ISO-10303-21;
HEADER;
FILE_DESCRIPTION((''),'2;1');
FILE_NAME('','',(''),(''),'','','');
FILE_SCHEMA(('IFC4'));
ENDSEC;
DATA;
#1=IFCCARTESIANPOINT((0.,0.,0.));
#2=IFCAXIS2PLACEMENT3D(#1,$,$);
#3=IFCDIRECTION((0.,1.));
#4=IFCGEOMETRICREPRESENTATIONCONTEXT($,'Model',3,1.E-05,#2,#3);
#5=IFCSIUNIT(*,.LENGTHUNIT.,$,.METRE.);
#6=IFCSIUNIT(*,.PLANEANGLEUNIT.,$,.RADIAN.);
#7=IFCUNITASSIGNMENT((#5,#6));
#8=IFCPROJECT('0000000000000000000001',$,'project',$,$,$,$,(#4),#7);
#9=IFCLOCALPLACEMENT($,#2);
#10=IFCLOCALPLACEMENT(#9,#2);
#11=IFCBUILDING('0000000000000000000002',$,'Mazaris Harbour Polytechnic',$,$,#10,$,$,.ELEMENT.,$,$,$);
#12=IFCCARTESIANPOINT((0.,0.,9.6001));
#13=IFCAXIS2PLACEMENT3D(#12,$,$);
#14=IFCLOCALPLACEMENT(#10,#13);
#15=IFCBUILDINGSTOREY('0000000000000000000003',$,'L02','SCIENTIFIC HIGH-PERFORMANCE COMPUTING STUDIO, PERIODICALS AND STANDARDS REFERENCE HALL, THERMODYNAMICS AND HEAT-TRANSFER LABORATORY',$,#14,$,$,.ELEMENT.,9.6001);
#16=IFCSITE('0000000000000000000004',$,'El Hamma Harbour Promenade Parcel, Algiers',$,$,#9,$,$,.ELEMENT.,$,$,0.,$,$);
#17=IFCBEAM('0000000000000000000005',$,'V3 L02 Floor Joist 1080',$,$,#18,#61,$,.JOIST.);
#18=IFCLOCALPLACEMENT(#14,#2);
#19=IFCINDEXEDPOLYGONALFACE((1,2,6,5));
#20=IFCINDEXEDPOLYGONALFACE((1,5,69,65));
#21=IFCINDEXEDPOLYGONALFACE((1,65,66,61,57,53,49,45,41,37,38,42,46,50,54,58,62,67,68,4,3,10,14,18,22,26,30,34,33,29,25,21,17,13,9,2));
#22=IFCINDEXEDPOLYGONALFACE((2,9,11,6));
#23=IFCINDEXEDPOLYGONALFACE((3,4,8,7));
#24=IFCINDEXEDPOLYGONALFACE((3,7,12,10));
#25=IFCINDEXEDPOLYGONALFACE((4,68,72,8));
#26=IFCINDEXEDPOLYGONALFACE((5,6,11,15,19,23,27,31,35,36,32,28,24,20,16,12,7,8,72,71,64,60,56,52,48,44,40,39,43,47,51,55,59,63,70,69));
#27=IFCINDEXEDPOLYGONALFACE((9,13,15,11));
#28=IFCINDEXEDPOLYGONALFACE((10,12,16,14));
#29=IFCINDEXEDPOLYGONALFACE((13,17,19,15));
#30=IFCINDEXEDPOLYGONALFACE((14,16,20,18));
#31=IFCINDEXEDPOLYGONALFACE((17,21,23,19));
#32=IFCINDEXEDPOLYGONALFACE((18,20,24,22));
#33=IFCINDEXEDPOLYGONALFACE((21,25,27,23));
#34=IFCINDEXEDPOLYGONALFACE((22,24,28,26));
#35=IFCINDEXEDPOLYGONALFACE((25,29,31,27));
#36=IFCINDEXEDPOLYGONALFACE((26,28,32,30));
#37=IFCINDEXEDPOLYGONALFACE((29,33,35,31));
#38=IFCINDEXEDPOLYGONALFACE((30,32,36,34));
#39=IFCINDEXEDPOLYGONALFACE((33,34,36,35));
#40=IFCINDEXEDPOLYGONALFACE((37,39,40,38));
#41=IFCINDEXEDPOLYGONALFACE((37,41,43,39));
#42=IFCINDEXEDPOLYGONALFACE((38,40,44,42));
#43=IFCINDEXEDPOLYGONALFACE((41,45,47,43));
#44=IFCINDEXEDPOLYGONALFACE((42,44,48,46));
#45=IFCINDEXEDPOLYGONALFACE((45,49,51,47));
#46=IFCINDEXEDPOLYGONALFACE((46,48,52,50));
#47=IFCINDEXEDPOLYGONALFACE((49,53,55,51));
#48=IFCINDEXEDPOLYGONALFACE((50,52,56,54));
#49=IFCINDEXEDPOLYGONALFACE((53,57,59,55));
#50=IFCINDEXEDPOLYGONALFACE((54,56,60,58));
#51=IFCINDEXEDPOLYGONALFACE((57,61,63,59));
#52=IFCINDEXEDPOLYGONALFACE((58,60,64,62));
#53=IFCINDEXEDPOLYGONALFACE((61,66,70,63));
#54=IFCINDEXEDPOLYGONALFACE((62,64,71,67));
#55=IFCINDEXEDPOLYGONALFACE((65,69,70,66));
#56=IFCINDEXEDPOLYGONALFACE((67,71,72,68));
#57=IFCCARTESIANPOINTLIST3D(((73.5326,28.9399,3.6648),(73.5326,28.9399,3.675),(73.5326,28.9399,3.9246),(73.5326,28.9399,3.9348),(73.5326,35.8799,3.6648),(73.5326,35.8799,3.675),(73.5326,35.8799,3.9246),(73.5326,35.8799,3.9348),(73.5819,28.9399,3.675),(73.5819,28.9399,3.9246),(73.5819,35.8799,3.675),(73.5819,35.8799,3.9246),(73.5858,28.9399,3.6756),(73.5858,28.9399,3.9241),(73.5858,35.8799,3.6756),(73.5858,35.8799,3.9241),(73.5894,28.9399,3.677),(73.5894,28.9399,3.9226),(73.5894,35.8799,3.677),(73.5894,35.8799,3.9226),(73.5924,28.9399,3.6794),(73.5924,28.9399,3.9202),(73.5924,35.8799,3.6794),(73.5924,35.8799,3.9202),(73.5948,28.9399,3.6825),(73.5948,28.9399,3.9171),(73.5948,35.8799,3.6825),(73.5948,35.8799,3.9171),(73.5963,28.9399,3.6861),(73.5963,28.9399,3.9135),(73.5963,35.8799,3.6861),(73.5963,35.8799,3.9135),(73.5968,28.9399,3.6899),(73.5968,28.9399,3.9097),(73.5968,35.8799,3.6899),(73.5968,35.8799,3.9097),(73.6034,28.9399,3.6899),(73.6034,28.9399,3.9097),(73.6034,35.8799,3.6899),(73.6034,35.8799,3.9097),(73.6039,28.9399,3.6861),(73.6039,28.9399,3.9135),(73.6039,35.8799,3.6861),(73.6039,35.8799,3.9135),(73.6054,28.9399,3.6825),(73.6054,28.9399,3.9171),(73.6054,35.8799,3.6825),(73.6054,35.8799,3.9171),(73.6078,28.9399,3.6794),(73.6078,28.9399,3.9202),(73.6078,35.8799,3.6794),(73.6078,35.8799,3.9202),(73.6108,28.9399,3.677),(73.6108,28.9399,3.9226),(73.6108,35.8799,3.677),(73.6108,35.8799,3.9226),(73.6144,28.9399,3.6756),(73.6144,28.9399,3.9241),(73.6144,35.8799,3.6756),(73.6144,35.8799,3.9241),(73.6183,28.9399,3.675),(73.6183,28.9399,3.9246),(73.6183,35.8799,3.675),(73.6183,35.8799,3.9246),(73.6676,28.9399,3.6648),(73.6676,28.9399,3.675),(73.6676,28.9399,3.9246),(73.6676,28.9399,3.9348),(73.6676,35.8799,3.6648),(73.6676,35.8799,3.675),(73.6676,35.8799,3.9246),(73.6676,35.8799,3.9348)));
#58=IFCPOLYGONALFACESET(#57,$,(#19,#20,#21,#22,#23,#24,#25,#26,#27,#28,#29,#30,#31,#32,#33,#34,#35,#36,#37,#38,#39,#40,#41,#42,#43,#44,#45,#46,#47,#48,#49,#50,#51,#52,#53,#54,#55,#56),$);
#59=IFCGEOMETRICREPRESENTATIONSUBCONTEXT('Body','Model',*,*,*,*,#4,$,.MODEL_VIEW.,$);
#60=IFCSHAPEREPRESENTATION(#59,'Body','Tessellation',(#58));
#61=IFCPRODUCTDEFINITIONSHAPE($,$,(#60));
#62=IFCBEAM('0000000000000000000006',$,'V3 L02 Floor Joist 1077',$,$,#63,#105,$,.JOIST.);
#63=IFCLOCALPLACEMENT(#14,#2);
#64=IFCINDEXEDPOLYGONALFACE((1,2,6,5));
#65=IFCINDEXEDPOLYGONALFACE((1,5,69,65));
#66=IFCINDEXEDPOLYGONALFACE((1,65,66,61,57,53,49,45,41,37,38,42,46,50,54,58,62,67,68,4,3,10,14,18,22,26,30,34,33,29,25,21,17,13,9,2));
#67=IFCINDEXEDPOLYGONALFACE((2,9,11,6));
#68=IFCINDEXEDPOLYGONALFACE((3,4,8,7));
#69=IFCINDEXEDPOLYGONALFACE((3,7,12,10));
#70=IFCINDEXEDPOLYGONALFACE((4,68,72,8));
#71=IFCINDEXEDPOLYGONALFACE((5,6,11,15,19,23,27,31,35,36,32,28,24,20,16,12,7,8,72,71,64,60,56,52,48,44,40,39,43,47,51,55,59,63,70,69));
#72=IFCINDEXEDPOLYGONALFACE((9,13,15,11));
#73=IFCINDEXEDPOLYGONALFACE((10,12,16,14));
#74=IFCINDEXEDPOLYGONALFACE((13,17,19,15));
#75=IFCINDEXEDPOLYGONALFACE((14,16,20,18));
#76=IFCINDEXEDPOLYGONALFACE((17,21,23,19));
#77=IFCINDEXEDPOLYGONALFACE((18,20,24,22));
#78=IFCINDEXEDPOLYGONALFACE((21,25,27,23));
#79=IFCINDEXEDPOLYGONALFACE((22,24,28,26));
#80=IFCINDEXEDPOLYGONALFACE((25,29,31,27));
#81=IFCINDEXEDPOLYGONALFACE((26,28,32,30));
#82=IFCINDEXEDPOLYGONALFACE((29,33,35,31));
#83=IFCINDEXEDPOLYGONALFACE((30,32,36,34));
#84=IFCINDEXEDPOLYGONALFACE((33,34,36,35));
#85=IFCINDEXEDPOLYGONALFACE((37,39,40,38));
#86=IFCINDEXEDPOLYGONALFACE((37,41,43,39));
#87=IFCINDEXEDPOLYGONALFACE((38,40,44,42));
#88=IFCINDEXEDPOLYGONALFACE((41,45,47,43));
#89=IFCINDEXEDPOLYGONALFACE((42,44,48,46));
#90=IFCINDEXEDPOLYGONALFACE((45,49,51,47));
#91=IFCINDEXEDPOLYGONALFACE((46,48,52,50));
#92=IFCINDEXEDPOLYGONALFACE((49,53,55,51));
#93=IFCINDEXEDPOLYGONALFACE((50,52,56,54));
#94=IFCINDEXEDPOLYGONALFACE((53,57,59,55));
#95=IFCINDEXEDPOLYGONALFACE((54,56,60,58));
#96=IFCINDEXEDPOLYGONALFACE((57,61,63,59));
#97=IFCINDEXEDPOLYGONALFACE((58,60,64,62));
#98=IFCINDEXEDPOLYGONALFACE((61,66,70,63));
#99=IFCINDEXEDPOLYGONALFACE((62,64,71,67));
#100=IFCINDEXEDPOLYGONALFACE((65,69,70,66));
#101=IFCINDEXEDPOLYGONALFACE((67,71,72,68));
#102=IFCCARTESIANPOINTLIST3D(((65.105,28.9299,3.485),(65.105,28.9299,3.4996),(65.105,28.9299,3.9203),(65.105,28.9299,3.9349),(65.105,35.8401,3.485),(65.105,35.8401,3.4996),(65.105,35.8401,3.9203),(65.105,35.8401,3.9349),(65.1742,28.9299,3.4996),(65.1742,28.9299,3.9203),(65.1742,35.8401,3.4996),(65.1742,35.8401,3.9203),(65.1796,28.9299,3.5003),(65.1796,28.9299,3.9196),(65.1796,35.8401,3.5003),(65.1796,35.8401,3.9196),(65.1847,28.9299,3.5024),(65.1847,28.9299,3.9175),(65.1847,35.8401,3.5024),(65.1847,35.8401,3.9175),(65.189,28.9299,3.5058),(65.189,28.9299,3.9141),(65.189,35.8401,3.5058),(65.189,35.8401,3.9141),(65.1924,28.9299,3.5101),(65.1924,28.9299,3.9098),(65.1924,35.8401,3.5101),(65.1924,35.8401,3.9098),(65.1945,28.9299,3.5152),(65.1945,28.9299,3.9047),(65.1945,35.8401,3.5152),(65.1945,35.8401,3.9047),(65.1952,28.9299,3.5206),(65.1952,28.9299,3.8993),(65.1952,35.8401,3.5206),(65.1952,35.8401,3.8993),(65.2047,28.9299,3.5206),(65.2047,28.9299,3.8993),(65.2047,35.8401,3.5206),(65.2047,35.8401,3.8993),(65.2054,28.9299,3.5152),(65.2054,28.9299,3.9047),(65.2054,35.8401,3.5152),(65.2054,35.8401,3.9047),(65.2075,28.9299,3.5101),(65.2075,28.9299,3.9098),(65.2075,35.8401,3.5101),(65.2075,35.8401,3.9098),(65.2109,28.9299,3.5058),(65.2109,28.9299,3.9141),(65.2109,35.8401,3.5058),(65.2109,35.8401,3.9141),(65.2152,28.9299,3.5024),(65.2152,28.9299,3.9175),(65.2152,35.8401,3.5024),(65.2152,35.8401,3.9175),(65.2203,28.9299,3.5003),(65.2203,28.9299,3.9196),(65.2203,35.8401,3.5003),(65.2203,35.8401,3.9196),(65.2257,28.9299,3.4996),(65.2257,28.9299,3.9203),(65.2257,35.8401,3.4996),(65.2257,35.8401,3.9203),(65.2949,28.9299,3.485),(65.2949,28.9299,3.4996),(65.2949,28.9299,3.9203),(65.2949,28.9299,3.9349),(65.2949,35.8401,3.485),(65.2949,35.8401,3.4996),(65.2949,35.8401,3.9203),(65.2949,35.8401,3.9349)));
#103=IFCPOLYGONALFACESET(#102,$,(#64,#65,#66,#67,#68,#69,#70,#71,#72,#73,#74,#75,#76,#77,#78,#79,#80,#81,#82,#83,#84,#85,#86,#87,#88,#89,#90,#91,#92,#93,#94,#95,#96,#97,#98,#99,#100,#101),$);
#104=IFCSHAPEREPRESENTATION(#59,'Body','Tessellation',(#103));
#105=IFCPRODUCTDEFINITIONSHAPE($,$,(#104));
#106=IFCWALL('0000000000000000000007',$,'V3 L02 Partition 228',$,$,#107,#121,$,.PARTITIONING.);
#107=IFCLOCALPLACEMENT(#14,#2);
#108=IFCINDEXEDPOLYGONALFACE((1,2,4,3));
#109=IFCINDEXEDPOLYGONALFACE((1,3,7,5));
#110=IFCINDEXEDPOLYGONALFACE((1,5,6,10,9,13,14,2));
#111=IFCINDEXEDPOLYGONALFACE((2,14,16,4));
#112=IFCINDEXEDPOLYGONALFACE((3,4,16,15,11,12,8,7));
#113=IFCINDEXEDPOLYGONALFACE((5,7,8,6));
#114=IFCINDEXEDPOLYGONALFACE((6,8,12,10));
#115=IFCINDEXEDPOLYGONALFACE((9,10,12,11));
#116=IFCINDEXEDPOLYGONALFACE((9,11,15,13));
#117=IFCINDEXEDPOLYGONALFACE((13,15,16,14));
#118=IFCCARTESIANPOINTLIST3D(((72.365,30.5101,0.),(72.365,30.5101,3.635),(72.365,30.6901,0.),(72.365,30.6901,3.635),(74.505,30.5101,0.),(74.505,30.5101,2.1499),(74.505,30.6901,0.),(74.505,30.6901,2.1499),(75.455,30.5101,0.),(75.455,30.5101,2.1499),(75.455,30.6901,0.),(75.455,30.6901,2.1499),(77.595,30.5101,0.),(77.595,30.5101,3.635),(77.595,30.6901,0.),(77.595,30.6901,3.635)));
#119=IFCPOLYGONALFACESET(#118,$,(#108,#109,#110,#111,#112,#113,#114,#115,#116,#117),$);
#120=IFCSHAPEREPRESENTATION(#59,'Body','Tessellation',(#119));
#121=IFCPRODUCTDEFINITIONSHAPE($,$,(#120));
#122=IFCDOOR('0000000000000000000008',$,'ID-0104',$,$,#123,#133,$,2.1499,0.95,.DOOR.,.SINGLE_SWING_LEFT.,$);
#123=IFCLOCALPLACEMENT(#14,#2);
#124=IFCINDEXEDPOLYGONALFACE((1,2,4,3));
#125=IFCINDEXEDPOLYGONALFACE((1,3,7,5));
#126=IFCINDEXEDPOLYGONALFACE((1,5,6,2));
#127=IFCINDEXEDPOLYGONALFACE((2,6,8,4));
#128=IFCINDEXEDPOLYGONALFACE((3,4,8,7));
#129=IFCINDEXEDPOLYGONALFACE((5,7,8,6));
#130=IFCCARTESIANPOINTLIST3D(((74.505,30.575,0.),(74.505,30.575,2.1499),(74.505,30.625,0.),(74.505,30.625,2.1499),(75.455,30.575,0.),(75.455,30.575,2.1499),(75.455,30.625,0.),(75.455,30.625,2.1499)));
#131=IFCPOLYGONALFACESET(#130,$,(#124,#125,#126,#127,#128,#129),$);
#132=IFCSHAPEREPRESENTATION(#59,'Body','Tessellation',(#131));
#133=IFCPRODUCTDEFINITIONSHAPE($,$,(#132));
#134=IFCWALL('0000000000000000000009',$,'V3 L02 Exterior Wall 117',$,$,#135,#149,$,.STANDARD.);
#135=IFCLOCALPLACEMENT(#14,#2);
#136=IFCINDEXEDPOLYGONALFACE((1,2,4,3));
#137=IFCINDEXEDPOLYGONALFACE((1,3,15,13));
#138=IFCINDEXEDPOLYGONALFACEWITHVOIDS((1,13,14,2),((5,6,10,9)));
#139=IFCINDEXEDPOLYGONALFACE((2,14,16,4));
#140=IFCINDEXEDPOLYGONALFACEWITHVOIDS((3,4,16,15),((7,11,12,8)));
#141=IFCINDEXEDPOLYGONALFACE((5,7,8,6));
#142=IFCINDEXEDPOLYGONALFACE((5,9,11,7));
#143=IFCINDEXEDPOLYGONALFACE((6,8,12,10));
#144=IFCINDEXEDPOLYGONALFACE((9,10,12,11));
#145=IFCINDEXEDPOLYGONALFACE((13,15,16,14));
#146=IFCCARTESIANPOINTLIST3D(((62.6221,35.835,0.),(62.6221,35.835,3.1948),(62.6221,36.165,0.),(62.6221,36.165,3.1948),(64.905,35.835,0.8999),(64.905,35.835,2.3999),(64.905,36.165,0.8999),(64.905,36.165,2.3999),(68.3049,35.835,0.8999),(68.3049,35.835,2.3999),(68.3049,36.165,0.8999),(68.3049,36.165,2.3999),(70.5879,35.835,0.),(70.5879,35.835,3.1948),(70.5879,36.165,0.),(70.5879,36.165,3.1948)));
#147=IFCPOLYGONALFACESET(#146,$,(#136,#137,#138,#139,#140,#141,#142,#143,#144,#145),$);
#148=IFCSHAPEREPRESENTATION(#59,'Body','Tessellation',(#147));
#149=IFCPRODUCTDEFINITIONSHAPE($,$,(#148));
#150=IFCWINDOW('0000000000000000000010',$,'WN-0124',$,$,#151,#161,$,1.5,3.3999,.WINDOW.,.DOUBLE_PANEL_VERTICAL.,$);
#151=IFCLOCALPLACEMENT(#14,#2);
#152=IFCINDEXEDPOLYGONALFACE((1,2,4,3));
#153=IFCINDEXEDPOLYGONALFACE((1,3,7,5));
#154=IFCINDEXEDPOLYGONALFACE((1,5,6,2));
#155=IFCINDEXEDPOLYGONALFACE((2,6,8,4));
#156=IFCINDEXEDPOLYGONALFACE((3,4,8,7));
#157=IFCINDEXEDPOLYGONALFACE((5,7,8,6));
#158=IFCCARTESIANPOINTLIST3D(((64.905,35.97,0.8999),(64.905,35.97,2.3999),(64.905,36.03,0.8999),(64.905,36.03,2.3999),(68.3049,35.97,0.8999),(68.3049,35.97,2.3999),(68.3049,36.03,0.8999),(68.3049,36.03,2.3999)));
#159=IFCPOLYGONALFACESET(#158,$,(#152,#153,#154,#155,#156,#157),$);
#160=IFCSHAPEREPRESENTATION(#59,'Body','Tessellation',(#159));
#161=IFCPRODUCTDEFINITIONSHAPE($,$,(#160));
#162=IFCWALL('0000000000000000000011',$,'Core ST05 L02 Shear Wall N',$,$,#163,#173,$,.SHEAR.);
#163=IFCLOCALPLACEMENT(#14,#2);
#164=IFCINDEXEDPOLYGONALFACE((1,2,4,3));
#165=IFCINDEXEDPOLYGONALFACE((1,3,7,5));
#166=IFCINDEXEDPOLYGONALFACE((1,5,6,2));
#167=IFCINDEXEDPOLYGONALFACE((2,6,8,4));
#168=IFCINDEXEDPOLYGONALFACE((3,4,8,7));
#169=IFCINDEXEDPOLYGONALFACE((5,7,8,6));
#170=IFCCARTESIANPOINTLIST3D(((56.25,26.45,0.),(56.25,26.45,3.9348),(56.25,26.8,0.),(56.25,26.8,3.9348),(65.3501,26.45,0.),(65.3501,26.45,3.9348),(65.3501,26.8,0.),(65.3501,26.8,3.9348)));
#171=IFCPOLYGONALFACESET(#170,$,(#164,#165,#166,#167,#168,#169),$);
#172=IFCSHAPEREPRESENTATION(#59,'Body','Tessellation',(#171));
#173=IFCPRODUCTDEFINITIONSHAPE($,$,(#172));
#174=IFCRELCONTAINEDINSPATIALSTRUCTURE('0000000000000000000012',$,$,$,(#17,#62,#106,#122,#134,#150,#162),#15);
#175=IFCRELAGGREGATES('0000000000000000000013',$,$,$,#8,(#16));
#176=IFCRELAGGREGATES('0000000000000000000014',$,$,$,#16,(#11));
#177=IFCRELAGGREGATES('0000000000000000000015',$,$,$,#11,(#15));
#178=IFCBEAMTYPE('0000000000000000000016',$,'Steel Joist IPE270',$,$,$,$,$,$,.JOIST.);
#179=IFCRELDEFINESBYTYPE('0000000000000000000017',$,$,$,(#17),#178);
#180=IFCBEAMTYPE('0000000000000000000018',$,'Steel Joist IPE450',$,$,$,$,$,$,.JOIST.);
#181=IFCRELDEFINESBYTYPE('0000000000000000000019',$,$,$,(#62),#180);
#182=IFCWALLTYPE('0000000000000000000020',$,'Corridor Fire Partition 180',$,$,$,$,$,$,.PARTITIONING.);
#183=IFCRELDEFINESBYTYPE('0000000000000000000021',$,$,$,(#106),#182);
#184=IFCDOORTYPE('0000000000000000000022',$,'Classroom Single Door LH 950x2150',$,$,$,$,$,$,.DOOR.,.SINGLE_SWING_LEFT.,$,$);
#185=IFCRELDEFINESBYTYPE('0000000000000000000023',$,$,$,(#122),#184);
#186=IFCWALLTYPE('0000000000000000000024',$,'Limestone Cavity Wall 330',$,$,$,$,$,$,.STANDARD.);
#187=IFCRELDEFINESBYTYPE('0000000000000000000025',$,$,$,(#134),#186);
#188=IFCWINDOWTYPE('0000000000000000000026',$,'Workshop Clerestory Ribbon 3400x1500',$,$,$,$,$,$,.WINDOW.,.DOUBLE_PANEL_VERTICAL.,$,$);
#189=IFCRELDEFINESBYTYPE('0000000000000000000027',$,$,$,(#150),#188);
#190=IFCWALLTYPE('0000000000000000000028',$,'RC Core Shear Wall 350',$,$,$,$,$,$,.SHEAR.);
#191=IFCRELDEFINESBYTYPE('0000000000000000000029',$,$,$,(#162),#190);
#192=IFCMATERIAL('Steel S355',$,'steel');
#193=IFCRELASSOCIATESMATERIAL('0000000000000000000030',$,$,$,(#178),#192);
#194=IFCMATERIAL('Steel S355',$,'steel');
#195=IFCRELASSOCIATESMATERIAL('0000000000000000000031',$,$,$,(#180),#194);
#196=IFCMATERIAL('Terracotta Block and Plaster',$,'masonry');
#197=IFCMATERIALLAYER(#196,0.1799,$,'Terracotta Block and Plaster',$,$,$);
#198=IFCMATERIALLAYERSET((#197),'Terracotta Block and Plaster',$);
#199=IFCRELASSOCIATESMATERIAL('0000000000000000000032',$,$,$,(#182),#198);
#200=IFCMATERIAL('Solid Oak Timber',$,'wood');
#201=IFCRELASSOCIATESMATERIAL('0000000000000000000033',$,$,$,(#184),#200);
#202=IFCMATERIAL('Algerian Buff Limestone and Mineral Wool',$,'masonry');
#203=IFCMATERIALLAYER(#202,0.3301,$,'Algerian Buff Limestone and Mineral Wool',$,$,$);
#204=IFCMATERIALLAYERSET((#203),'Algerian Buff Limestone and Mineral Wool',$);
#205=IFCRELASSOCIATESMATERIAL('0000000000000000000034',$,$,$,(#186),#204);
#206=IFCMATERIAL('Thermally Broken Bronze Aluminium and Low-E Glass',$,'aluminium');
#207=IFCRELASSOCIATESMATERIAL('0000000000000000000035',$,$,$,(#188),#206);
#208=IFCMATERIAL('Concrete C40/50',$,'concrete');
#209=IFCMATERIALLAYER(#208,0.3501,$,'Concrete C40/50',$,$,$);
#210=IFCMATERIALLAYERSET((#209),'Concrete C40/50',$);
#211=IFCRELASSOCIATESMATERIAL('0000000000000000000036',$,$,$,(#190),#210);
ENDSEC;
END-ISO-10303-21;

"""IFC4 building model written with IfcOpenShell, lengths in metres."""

from ifc_helpers import new_model, si_unit, direction, frame, frame_2d, origin, origin_2d, place, context, subcontext, project, spatial, rectangle, i_section, extrude, material, layer, layer_set, material_profile, profile_set, type_object, element, fill, save


model = new_model("IFC4")

# Units and contexts
model_context = context("Model", 3, precision=1e-05, world=origin(), true_north=direction((0.0, 1.0)))
body_context = subcontext(model_context, "Body", "Model", "MODEL_VIEW")
ifc_project = project(units=[si_unit("LENGTHUNIT", "METRE"), si_unit("PLANEANGLEUNIT", "RADIAN")], contexts=[model_context])

# Site, building, storey
site_placement = place(None, origin())
site = spatial("IfcSite", under=ifc_project, at=site_placement, Name="El Hamma Harbour Promenade Parcel, Algiers", CompositionType="ELEMENT", RefElevation=0.0)
building_placement = place(site_placement, origin())
building = spatial("IfcBuilding", under=site, at=building_placement, Name="Mazaris Harbour Polytechnic", CompositionType="ELEMENT")
storey_placement = place(building_placement, frame((0.0, 0.0, 9.6001)))
storey = spatial("IfcBuildingStorey", under=building, at=storey_placement, Name="L02", Description="SCIENTIFIC HIGH-PERFORMANCE COMPUTING STUDIO, PERIODICALS AND STANDARDS REFERENCE HALL, THERMODYNAMICS AND HEAT-TRANSFER LABORATORY", CompositionType="ELEMENT", Elevation=9.6001)

# Beams
ifc_material_1 = material(Name="Steel S355", Category="steel")
ifc_material_profile_1 = material_profile(ifc_material_1, i_section(OverallWidth=0.135, OverallDepth=0.27, WebThickness=0.0066, FlangeThickness=0.0103, FilletRadius=0.0149, at=origin_2d()), Name="IPE 270")
ifc_profile_set_1 = profile_set([ifc_material_profile_1], Name="Steel S355")
beam_type_1 = type_object("IfcBeamType", Name="Steel Joist IPE270", PredefinedType="JOIST", material=ifc_profile_set_1)
beam_1_placement = place(storey_placement, frame((73.6001, 28.9399, 3.7998), z_axis=(0.0, 1.0, 0.0), x_axis=(-1.0, 0.0, 0.0)))
element("IfcBeam", 1, at=beam_1_placement, inside=storey, type_object=beam_type_1, Name="V3 L02 Floor Joist 1080", PredefinedType="JOIST", context=body_context, shape_type="SweptSolid", body=[
    extrude(i_section(OverallWidth=0.135, OverallDepth=0.27, WebThickness=0.0066, FlangeThickness=0.0103, FilletRadius=0.0149, at=origin_2d()), origin(), (0.0, 0.0, 1.0), 6.9399),
])
ifc_material_2 = material(Name="Steel S355", Category="steel")
ifc_material_profile_2 = material_profile(ifc_material_2, i_section(OverallWidth=0.1899, OverallDepth=0.45, WebThickness=0.0095, FlangeThickness=0.0146, FilletRadius=0.021, at=origin_2d()), Name="IPE 450")
ifc_profile_set_2 = profile_set([ifc_material_profile_2], Name="Steel S355")
beam_type_2 = type_object("IfcBeamType", Name="Steel Joist IPE450", PredefinedType="JOIST", material=ifc_profile_set_2)
beam_2_placement = place(storey_placement, frame((65.2, 28.9299, 3.71), z_axis=(0.0, 1.0, 0.0), x_axis=(-1.0, 0.0, 0.0)))
element("IfcBeam", 2, at=beam_2_placement, inside=storey, type_object=beam_type_2, Name="V3 L02 Floor Joist 1077", PredefinedType="JOIST", context=body_context, shape_type="SweptSolid", body=[
    extrude(i_section(OverallWidth=0.1899, OverallDepth=0.45, WebThickness=0.0095, FlangeThickness=0.0146, FilletRadius=0.021, at=origin_2d()), origin(), (0.0, 0.0, 1.0), 6.9102),
])

# Wall, opening, door
ifc_material_3 = material(Name="Terracotta Block and Plaster", Category="masonry")
ifc_layer_1 = layer(ifc_material_3, 0.1799, Name="Terracotta Block and Plaster")
ifc_layer_set_1 = layer_set([ifc_layer_1], Name="Terracotta Block and Plaster")
wall_type_1 = type_object("IfcWallType", Name="Corridor Fire Partition 180", PredefinedType="PARTITIONING", material=ifc_layer_set_1)
wall_1_placement = place(storey_placement, frame((72.365, 30.6001, 0.0), z_axis=(0.0, 0.0, 1.0), x_axis=(1.0, 0.0, 0.0)))
wall_1 = element("IfcWall", 3, at=wall_1_placement, inside=storey, type_object=wall_type_1, Name="V3 L02 Partition 228", PredefinedType="PARTITIONING", context=body_context, shape_type="SweptSolid", body=[
    extrude(rectangle(XDim=5.23, YDim=0.1799, at=frame_2d((2.615, 0.0))), origin(), (0.0, 0.0, 1.0), 3.635),
])
opening_1_placement = place(wall_1_placement, frame((2.1399, 0.0, 0.0)))
opening_1 = element("IfcOpeningElement", 4, at=opening_1_placement, cuts=wall_1, PredefinedType="OPENING", context=body_context, shape_type="SweptSolid", body=[
    extrude(rectangle(XDim=0.95, YDim=2.1499, at=frame_2d((0.4751, 1.075))), frame((0.0, 0.0999, 0.0), z_axis=(0.0, -1.0, 0.0), x_axis=(1.0, 0.0, 0.0)), (0.0, 0.0, 1.0), 0.2),
])
ifc_material_4 = material(Name="Solid Oak Timber", Category="wood")
door_type_1 = type_object("IfcDoorType", Name="Classroom Single Door LH 950x2150", OperationType="SINGLE_SWING_LEFT", PredefinedType="DOOR", material=ifc_material_4)
door_1_placement = place(opening_1_placement, origin())
door_1 = element("IfcDoor", 5, at=door_1_placement, inside=storey, type_object=door_type_1, Name="ID-0104", OperationType="SINGLE_SWING_LEFT", OverallHeight=2.1499, OverallWidth=0.95, PredefinedType="DOOR", context=body_context, shape_type="SweptSolid", body=[
    extrude(rectangle(XDim=0.95, YDim=2.1499, at=frame_2d((0.4751, 1.075))), frame((0.0, 0.0249, 0.0), z_axis=(0.0, -1.0, 0.0), x_axis=(1.0, 0.0, 0.0)), (0.0, 0.0, 1.0), 0.05),
])
fill(opening_1, door_1)

# Wall, opening, window
ifc_material_5 = material(Name="Algerian Buff Limestone and Mineral Wool", Category="masonry")
ifc_layer_2 = layer(ifc_material_5, 0.3301, Name="Algerian Buff Limestone and Mineral Wool")
ifc_layer_set_2 = layer_set([ifc_layer_2], Name="Algerian Buff Limestone and Mineral Wool")
wall_type_2 = type_object("IfcWallType", Name="Limestone Cavity Wall 330", PredefinedType="STANDARD", material=ifc_layer_set_2)
wall_2_placement = place(storey_placement, frame((62.6221, 36.0, 0.0), z_axis=(0.0, 0.0, 1.0), x_axis=(1.0, 0.0, 0.0)))
wall_2 = element("IfcWall", 6, at=wall_2_placement, inside=storey, type_object=wall_type_2, Name="V3 L02 Exterior Wall 117", PredefinedType="STANDARD", context=body_context, shape_type="SweptSolid", body=[
    extrude(rectangle(XDim=7.9658, YDim=0.3301, at=frame_2d((3.9829, 0.0))), origin(), (0.0, 0.0, 1.0), 3.1948),
])
opening_2_placement = place(wall_2_placement, frame((2.283, 0.0, 0.8999)))
opening_2 = element("IfcOpeningElement", 7, at=opening_2_placement, cuts=wall_2, PredefinedType="OPENING", context=body_context, shape_type="SweptSolid", body=[
    extrude(rectangle(XDim=3.3999, YDim=1.5, at=frame_2d((1.7, 0.75))), frame((0.0, 0.175, 0.0), z_axis=(0.0, -1.0, 0.0), x_axis=(1.0, 0.0, 0.0)), (0.0, 0.0, 1.0), 0.3501),
])
ifc_material_6 = material(Name="Thermally Broken Bronze Aluminium and Low-E Glass", Category="aluminium")
window_type = type_object("IfcWindowType", Name="Workshop Clerestory Ribbon 3400x1500", PartitioningType="DOUBLE_PANEL_VERTICAL", PredefinedType="WINDOW", material=ifc_material_6)
window_placement = place(opening_2_placement, origin())
window = element("IfcWindow", 8, at=window_placement, inside=storey, type_object=window_type, Name="WN-0124", OverallHeight=1.5, OverallWidth=3.3999, PartitioningType="DOUBLE_PANEL_VERTICAL", PredefinedType="WINDOW", context=body_context, shape_type="SweptSolid", body=[
    extrude(rectangle(XDim=3.3999, YDim=1.5, at=frame_2d((1.7, 0.75))), frame((0.0, 0.03, 0.0), z_axis=(0.0, -1.0, 0.0), x_axis=(1.0, 0.0, 0.0)), (0.0, 0.0, 1.0), 0.0601),
])
fill(opening_2, window)

# Wall
ifc_material_7 = material(Name="Concrete C40/50", Category="concrete")
ifc_layer_3 = layer(ifc_material_7, 0.3501, Name="Concrete C40/50")
ifc_layer_set_3 = layer_set([ifc_layer_3], Name="Concrete C40/50")
wall_type_3 = type_object("IfcWallType", Name="RC Core Shear Wall 350", PredefinedType="SHEAR", material=ifc_layer_set_3)
wall_3_placement = place(storey_placement, frame((65.3501, 26.625, 0.0), z_axis=(0.0, 0.0, 1.0), x_axis=(-1.0, 0.0, 0.0)))
element("IfcWall", 9, at=wall_3_placement, inside=storey, type_object=wall_type_3, Name="Core ST05 L02 Shear Wall N", PredefinedType="SHEAR", context=body_context, shape_type="SweptSolid", body=[
    extrude(rectangle(XDim=9.1001, YDim=0.3501, at=frame_2d((4.55, 0.0))), origin(), (0.0, 0.0, 1.0), 3.9348),
])

save(model, "model.ifc")
